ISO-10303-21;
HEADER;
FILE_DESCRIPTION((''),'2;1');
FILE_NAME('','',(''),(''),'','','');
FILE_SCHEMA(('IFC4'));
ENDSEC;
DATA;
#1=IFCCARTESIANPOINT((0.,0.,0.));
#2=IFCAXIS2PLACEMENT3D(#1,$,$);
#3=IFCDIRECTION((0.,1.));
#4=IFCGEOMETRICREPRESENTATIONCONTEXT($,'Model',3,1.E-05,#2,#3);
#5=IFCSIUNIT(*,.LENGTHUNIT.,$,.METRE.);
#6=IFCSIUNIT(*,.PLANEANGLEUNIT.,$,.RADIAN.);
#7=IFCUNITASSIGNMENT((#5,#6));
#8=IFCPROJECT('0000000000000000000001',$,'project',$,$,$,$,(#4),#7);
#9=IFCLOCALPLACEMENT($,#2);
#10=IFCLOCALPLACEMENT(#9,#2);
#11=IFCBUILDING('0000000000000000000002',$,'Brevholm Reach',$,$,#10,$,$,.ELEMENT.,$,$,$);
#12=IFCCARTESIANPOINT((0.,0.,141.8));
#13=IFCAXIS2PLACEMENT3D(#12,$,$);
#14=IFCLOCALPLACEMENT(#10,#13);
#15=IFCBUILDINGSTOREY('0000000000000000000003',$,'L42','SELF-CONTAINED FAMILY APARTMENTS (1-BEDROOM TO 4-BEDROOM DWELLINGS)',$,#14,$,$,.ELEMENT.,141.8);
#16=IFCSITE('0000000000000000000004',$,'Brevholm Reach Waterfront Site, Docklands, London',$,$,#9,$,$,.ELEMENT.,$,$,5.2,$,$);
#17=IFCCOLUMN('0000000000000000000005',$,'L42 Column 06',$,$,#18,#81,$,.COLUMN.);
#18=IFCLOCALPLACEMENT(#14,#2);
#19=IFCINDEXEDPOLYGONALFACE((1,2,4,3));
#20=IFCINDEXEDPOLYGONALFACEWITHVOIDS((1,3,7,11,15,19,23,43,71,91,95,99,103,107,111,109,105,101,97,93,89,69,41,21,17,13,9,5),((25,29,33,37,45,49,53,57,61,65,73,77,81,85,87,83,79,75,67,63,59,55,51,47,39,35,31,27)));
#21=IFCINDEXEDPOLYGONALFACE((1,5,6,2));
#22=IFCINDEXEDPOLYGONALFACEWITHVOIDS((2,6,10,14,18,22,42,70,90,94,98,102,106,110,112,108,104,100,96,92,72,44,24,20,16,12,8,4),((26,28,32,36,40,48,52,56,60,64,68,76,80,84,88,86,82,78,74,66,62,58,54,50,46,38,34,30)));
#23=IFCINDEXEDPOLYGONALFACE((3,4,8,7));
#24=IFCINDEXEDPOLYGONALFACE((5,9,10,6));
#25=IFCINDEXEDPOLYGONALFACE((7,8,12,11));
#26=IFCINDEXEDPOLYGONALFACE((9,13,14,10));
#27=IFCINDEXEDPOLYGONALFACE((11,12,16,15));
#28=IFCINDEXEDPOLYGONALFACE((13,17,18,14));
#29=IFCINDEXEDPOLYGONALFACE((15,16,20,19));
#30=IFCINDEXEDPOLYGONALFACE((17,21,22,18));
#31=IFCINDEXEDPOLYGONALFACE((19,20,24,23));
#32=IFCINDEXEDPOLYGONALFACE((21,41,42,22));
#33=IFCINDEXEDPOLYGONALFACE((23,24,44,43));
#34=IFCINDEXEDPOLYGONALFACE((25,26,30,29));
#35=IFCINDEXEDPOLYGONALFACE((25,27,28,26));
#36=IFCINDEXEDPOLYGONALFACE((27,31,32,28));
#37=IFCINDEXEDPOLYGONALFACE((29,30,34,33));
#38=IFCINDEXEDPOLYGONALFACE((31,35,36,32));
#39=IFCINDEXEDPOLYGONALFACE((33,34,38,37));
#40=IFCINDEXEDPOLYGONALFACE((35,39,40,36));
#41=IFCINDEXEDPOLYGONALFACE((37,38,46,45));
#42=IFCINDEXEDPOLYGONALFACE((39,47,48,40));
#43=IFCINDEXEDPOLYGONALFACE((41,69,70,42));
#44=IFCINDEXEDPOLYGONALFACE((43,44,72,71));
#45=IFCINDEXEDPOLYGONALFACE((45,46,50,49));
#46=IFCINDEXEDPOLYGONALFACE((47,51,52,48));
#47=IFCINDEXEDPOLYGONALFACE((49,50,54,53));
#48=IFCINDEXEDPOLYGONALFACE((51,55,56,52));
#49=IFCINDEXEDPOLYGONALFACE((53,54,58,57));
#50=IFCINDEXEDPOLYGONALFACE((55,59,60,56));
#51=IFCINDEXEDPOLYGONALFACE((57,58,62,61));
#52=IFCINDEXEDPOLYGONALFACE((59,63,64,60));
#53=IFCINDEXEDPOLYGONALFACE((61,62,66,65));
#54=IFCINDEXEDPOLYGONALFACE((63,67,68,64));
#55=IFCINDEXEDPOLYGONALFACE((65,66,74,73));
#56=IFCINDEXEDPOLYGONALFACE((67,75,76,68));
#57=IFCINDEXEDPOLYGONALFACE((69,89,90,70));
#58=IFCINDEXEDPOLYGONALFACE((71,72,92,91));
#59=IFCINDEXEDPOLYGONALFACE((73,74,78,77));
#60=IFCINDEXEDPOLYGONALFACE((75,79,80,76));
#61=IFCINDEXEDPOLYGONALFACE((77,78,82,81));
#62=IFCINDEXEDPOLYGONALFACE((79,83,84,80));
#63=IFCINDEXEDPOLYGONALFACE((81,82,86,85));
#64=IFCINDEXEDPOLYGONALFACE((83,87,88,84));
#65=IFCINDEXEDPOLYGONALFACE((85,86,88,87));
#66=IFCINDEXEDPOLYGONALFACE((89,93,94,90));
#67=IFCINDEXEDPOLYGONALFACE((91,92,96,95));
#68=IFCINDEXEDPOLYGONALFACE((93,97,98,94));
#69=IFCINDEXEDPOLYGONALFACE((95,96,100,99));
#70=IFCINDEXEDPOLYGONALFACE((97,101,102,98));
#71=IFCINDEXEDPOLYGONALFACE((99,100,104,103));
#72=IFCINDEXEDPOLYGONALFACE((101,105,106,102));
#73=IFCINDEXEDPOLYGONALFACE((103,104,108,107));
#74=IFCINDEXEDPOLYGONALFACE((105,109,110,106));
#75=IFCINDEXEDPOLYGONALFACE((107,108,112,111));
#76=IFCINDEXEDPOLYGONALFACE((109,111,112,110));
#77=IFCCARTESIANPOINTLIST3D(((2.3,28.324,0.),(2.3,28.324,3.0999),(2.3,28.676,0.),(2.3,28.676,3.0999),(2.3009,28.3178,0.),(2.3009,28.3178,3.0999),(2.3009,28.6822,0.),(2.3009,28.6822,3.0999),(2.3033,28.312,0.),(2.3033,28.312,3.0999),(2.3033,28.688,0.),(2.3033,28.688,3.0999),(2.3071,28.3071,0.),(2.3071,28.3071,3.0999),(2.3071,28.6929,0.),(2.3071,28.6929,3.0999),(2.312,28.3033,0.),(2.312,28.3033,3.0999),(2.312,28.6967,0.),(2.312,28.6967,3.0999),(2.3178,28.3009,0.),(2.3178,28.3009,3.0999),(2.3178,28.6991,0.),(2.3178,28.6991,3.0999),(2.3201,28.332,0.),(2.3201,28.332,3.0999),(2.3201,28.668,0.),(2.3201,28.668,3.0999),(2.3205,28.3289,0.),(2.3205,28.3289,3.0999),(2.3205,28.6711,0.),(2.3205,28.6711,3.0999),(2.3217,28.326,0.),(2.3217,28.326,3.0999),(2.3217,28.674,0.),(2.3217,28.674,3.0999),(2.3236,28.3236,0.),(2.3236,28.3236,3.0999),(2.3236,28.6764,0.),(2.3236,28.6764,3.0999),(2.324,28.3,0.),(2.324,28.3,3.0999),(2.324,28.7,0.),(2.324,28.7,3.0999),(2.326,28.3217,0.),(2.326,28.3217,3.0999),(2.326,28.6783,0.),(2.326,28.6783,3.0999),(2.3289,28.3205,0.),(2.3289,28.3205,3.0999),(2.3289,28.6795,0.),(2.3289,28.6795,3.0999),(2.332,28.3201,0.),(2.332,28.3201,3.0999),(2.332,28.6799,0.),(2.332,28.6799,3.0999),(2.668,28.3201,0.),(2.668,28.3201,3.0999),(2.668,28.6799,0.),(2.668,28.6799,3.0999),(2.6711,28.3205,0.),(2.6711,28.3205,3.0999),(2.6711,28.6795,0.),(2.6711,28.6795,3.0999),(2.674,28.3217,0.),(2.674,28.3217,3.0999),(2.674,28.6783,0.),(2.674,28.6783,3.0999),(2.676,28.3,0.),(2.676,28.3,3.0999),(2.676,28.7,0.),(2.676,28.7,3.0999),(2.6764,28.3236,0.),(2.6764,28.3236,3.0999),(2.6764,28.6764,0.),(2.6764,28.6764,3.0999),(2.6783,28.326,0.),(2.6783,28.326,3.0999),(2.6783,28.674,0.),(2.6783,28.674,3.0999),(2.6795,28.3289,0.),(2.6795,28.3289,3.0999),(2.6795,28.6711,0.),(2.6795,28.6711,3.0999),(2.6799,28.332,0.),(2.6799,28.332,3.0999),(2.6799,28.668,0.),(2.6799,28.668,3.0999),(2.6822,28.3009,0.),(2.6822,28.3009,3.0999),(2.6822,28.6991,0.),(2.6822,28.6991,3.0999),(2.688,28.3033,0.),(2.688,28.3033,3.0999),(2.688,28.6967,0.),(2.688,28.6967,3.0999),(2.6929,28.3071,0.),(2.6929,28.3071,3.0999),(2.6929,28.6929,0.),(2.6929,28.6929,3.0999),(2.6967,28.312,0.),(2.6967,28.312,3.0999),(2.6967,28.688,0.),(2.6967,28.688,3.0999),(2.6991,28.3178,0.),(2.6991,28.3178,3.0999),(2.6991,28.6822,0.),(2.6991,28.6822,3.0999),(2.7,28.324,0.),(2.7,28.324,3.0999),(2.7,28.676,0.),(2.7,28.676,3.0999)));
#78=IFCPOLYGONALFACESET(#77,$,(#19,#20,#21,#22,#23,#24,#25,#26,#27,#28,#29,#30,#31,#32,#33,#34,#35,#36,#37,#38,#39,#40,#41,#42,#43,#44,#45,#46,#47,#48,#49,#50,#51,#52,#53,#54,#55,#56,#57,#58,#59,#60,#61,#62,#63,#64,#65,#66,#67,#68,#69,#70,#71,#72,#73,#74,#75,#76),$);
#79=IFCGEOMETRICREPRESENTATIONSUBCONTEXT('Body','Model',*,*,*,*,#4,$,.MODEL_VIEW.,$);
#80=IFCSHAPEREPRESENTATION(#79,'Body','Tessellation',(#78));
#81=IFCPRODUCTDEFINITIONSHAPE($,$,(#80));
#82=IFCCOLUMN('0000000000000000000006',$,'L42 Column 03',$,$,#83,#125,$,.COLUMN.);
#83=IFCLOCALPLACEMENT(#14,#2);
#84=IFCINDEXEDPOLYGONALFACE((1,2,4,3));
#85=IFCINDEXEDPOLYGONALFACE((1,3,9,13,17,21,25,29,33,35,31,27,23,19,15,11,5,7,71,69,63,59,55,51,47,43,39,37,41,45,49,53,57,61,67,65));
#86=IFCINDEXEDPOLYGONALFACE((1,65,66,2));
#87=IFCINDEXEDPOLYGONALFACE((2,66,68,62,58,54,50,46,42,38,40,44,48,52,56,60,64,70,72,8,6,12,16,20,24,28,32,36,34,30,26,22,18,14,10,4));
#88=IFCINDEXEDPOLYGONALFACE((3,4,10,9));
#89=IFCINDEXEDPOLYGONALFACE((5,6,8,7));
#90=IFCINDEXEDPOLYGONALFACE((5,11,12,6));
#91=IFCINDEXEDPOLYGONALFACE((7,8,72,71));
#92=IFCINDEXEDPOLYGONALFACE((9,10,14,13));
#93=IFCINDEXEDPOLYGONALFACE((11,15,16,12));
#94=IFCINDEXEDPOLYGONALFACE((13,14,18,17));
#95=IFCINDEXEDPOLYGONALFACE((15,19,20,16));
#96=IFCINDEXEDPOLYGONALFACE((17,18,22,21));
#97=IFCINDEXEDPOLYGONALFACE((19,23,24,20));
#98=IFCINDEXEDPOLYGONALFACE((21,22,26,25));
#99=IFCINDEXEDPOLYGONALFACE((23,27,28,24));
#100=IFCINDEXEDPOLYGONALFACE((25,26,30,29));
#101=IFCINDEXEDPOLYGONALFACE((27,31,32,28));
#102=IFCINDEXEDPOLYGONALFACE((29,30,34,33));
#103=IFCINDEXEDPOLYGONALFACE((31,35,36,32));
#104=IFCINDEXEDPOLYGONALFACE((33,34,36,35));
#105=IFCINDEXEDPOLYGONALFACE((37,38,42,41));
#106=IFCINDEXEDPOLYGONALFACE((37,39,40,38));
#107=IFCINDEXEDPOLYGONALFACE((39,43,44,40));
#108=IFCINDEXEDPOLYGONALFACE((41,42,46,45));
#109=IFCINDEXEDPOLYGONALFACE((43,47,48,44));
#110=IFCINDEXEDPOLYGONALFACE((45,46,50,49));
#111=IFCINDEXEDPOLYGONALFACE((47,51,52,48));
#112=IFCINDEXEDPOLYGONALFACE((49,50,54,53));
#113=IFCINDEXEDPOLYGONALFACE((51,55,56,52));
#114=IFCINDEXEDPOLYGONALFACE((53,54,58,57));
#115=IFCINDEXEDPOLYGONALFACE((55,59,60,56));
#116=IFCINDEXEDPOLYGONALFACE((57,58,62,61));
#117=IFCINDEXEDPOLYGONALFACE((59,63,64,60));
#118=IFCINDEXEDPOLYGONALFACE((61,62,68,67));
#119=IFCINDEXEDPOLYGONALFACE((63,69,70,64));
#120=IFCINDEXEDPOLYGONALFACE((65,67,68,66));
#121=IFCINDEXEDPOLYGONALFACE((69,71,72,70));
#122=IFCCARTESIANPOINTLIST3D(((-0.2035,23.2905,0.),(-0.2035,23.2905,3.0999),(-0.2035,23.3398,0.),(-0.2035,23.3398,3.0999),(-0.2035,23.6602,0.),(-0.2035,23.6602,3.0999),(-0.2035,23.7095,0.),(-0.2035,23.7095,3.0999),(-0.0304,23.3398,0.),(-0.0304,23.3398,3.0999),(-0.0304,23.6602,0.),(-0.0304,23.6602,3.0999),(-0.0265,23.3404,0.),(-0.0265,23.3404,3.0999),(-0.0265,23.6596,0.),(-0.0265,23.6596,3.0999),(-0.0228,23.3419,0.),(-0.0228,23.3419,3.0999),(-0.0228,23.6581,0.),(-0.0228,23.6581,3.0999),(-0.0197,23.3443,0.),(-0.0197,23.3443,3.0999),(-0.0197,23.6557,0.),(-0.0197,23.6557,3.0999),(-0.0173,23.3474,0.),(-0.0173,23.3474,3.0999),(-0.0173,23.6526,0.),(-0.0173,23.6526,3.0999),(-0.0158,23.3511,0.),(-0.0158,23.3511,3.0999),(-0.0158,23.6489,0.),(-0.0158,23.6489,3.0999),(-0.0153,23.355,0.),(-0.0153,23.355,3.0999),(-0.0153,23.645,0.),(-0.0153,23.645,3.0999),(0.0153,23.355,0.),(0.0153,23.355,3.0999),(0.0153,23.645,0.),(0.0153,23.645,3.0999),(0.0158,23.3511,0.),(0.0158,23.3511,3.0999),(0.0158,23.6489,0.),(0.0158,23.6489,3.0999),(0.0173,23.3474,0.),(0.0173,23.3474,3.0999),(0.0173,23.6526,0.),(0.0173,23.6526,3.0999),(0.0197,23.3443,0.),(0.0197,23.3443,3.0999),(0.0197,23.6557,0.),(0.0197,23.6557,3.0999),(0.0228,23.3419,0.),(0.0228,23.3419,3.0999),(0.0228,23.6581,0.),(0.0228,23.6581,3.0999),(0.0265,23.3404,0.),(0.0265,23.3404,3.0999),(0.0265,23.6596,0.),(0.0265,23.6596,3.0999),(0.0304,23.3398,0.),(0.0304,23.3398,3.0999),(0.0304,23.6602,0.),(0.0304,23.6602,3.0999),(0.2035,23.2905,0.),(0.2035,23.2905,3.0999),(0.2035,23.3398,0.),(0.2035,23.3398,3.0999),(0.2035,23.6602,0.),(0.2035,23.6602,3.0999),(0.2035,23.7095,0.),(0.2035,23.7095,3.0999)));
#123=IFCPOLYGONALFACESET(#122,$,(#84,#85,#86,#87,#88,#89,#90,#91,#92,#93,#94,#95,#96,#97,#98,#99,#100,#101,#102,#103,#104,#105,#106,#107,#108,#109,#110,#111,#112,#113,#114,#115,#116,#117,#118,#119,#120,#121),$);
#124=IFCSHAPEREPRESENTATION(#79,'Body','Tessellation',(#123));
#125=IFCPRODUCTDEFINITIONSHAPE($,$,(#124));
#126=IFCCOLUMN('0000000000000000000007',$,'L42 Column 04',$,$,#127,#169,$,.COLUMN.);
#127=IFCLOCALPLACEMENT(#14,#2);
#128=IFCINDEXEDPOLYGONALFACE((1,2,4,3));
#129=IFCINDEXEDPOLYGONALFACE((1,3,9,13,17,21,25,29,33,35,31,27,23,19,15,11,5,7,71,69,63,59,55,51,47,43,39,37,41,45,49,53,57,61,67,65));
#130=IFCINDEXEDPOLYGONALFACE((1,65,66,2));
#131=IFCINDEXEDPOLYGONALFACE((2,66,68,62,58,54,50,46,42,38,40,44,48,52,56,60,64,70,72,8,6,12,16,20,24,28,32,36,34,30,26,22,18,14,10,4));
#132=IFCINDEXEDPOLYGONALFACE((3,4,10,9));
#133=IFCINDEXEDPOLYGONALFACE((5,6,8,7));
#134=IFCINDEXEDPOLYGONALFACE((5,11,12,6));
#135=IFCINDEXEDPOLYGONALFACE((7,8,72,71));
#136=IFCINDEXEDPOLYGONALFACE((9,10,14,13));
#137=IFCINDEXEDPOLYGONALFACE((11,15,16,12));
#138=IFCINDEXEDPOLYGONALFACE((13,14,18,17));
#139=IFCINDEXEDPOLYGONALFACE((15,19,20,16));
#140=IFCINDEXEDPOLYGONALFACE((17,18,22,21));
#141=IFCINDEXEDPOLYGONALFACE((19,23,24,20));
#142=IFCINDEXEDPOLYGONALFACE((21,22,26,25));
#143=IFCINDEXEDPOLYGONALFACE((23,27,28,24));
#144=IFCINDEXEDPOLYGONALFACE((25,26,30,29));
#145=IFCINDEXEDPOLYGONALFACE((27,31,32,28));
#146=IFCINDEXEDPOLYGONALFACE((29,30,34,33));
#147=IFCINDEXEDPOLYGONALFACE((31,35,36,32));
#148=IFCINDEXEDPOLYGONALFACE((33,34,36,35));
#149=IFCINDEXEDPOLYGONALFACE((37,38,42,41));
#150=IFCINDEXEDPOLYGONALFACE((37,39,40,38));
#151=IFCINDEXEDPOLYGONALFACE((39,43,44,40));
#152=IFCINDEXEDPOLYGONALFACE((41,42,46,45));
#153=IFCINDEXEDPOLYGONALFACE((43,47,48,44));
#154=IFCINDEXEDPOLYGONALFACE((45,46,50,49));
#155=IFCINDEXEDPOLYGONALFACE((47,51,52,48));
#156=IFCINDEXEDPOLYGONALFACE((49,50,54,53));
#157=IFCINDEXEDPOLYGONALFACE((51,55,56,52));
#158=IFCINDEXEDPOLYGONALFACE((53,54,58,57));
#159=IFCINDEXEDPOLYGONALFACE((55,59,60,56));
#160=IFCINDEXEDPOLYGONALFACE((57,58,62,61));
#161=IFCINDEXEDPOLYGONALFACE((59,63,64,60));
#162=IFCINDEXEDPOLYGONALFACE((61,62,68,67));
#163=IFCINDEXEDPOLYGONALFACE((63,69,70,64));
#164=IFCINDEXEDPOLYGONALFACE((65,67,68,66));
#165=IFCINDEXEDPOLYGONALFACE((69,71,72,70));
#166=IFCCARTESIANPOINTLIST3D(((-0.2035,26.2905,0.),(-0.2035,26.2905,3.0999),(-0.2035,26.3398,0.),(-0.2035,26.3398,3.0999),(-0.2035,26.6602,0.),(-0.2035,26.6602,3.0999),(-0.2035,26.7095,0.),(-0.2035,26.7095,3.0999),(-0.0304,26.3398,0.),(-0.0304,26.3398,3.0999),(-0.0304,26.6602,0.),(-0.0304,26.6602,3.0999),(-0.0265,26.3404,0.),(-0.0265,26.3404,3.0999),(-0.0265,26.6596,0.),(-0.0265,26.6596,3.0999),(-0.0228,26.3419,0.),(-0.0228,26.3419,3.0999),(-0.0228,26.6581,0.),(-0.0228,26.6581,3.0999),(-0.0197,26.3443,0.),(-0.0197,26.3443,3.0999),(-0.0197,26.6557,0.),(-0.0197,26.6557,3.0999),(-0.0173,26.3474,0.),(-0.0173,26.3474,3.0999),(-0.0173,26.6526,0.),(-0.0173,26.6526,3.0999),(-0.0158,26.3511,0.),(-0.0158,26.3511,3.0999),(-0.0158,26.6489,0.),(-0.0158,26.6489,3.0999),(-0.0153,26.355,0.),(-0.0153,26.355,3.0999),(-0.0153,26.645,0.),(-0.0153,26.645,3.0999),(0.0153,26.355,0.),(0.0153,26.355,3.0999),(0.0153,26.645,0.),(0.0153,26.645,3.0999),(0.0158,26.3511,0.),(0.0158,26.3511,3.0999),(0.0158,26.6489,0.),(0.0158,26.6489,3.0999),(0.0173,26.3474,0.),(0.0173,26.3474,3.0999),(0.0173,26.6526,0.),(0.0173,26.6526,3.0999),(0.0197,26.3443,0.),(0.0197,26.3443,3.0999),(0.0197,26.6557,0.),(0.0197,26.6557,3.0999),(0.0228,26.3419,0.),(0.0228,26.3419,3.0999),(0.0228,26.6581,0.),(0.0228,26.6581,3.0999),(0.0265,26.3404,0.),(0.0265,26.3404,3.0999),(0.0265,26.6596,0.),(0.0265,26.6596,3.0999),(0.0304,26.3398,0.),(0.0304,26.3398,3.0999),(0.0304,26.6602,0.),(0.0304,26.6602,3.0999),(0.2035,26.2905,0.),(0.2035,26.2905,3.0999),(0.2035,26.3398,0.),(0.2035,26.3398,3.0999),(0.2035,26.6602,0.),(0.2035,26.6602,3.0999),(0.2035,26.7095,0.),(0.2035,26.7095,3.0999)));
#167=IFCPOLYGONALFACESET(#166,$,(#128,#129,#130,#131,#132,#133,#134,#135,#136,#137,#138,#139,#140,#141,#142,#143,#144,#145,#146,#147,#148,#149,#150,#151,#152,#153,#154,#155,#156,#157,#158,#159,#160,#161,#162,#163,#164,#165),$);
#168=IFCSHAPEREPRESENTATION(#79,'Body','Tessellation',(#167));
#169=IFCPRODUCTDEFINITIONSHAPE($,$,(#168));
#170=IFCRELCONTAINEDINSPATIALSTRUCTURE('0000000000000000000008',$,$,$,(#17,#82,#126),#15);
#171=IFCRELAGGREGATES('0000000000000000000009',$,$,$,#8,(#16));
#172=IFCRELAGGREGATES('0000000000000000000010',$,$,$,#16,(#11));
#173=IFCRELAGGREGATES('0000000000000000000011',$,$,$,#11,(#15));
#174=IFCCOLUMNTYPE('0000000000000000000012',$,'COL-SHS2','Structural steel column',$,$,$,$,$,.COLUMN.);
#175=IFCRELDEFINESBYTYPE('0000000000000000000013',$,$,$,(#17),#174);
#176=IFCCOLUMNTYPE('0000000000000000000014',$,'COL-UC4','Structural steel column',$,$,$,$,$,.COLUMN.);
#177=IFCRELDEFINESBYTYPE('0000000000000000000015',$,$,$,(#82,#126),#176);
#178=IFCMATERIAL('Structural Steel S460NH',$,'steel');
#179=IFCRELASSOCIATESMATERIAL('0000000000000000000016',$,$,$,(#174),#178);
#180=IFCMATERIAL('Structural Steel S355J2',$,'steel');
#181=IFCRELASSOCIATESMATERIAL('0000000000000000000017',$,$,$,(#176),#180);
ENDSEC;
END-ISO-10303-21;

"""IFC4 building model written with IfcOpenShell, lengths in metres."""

from ifc_helpers import new_model, si_unit, direction, frame, origin, origin_2d, place, context, subcontext, project, spatial, hollow_rectangle, i_section, extrude, material, material_profile, profile_set, type_object, element, save


model = new_model("IFC4")

# Units and contexts
model_context = context("Model", 3, precision=1e-05, world=origin(), true_north=direction((0.0, 1.0)))
body_context = subcontext(model_context, "Body", "Model", "MODEL_VIEW")
ifc_project = project(units=[si_unit("LENGTHUNIT", "METRE"), si_unit("PLANEANGLEUNIT", "RADIAN")], contexts=[model_context])

# Site, building, storey
site_placement = place(None, origin())
site = spatial("IfcSite", under=ifc_project, at=site_placement, Name="Brevholm Reach Waterfront Site, Docklands, London", CompositionType="ELEMENT", RefElevation=5.2)
building_placement = place(site_placement, origin())
building = spatial("IfcBuilding", under=site, at=building_placement, Name="Brevholm Reach", CompositionType="ELEMENT")
storey_placement = place(building_placement, frame((0.0, 0.0, 141.8)))
storey = spatial("IfcBuildingStorey", under=building, at=storey_placement, Name="L42", Description="SELF-CONTAINED FAMILY APARTMENTS (1-BEDROOM TO 4-BEDROOM DWELLINGS)", CompositionType="ELEMENT", Elevation=141.8)

# Columns
ifc_material_1 = material(Name="Structural Steel S460NH", Category="steel")
ifc_material_profile_1 = material_profile(ifc_material_1, hollow_rectangle(XDim=0.3999, YDim=0.3999, WallThickness=0.02, InnerFilletRadius=0.012, OuterFilletRadius=0.0239, at=origin_2d()), Name="SHS 400x400x20")
ifc_profile_set_1 = profile_set([ifc_material_profile_1], Name="Structural Steel S460NH")
column_type_1 = type_object("IfcColumnType", Name="COL-SHS2", Description="Structural steel column", PredefinedType="COLUMN", material=ifc_profile_set_1)
column_placement = place(storey_placement, frame((2.5, 28.5, 0.0), z_axis=(0.0, 0.0, 1.0), x_axis=(1.0, 0.0, 0.0)))
element("IfcColumn", 1, at=column_placement, inside=storey, type_object=column_type_1, Name="L42 Column 06", PredefinedType="COLUMN", context=body_context, shape_type="SweptSolid", body=[
    extrude(hollow_rectangle(XDim=0.3999, YDim=0.3999, WallThickness=0.02, InnerFilletRadius=0.012, OuterFilletRadius=0.0239, at=origin_2d()), origin(), (0.0, 0.0, 1.0), 3.0999),
])
ifc_material_2 = material(Name="Structural Steel S355J2", Category="steel")
ifc_material_profile_2 = material_profile(ifc_material_2, i_section(OverallWidth=0.407, OverallDepth=0.4189, WebThickness=0.0305, FlangeThickness=0.0493, FilletRadius=0.0151, at=origin_2d()), Name="UKC 356x406x393")
ifc_profile_set_2 = profile_set([ifc_material_profile_2], Name="Structural Steel S355J2")
column_type_2 = type_object("IfcColumnType", Name="COL-UC4", Description="Structural steel column", PredefinedType="COLUMN", material=ifc_profile_set_2)
for number, where, z_axis, x_axis, name in (
    (2, (0.0, 23.5, 0.0), (0.0, 0.0, 1.0), (1.0, 0.0, 0.0), "L42 Column 03"),
    (3, (0.0, 26.5, 0.0), (0.0, 0.0, 1.0), (1.0, 0.0, 0.0), "L42 Column 04"),
):
    element("IfcColumn", number, at=place(storey_placement, frame(where, z_axis=z_axis, x_axis=x_axis)), inside=storey, type_object=column_type_2, Name=name, PredefinedType="COLUMN", context=body_context, shape_type="SweptSolid", body=[
        extrude(i_section(OverallWidth=0.407, OverallDepth=0.4189, WebThickness=0.0305, FlangeThickness=0.0493, FilletRadius=0.0151, at=origin_2d()), origin(), (0.0, 0.0, 1.0), 3.0999),
    ])

save(model, "model.ifc")
